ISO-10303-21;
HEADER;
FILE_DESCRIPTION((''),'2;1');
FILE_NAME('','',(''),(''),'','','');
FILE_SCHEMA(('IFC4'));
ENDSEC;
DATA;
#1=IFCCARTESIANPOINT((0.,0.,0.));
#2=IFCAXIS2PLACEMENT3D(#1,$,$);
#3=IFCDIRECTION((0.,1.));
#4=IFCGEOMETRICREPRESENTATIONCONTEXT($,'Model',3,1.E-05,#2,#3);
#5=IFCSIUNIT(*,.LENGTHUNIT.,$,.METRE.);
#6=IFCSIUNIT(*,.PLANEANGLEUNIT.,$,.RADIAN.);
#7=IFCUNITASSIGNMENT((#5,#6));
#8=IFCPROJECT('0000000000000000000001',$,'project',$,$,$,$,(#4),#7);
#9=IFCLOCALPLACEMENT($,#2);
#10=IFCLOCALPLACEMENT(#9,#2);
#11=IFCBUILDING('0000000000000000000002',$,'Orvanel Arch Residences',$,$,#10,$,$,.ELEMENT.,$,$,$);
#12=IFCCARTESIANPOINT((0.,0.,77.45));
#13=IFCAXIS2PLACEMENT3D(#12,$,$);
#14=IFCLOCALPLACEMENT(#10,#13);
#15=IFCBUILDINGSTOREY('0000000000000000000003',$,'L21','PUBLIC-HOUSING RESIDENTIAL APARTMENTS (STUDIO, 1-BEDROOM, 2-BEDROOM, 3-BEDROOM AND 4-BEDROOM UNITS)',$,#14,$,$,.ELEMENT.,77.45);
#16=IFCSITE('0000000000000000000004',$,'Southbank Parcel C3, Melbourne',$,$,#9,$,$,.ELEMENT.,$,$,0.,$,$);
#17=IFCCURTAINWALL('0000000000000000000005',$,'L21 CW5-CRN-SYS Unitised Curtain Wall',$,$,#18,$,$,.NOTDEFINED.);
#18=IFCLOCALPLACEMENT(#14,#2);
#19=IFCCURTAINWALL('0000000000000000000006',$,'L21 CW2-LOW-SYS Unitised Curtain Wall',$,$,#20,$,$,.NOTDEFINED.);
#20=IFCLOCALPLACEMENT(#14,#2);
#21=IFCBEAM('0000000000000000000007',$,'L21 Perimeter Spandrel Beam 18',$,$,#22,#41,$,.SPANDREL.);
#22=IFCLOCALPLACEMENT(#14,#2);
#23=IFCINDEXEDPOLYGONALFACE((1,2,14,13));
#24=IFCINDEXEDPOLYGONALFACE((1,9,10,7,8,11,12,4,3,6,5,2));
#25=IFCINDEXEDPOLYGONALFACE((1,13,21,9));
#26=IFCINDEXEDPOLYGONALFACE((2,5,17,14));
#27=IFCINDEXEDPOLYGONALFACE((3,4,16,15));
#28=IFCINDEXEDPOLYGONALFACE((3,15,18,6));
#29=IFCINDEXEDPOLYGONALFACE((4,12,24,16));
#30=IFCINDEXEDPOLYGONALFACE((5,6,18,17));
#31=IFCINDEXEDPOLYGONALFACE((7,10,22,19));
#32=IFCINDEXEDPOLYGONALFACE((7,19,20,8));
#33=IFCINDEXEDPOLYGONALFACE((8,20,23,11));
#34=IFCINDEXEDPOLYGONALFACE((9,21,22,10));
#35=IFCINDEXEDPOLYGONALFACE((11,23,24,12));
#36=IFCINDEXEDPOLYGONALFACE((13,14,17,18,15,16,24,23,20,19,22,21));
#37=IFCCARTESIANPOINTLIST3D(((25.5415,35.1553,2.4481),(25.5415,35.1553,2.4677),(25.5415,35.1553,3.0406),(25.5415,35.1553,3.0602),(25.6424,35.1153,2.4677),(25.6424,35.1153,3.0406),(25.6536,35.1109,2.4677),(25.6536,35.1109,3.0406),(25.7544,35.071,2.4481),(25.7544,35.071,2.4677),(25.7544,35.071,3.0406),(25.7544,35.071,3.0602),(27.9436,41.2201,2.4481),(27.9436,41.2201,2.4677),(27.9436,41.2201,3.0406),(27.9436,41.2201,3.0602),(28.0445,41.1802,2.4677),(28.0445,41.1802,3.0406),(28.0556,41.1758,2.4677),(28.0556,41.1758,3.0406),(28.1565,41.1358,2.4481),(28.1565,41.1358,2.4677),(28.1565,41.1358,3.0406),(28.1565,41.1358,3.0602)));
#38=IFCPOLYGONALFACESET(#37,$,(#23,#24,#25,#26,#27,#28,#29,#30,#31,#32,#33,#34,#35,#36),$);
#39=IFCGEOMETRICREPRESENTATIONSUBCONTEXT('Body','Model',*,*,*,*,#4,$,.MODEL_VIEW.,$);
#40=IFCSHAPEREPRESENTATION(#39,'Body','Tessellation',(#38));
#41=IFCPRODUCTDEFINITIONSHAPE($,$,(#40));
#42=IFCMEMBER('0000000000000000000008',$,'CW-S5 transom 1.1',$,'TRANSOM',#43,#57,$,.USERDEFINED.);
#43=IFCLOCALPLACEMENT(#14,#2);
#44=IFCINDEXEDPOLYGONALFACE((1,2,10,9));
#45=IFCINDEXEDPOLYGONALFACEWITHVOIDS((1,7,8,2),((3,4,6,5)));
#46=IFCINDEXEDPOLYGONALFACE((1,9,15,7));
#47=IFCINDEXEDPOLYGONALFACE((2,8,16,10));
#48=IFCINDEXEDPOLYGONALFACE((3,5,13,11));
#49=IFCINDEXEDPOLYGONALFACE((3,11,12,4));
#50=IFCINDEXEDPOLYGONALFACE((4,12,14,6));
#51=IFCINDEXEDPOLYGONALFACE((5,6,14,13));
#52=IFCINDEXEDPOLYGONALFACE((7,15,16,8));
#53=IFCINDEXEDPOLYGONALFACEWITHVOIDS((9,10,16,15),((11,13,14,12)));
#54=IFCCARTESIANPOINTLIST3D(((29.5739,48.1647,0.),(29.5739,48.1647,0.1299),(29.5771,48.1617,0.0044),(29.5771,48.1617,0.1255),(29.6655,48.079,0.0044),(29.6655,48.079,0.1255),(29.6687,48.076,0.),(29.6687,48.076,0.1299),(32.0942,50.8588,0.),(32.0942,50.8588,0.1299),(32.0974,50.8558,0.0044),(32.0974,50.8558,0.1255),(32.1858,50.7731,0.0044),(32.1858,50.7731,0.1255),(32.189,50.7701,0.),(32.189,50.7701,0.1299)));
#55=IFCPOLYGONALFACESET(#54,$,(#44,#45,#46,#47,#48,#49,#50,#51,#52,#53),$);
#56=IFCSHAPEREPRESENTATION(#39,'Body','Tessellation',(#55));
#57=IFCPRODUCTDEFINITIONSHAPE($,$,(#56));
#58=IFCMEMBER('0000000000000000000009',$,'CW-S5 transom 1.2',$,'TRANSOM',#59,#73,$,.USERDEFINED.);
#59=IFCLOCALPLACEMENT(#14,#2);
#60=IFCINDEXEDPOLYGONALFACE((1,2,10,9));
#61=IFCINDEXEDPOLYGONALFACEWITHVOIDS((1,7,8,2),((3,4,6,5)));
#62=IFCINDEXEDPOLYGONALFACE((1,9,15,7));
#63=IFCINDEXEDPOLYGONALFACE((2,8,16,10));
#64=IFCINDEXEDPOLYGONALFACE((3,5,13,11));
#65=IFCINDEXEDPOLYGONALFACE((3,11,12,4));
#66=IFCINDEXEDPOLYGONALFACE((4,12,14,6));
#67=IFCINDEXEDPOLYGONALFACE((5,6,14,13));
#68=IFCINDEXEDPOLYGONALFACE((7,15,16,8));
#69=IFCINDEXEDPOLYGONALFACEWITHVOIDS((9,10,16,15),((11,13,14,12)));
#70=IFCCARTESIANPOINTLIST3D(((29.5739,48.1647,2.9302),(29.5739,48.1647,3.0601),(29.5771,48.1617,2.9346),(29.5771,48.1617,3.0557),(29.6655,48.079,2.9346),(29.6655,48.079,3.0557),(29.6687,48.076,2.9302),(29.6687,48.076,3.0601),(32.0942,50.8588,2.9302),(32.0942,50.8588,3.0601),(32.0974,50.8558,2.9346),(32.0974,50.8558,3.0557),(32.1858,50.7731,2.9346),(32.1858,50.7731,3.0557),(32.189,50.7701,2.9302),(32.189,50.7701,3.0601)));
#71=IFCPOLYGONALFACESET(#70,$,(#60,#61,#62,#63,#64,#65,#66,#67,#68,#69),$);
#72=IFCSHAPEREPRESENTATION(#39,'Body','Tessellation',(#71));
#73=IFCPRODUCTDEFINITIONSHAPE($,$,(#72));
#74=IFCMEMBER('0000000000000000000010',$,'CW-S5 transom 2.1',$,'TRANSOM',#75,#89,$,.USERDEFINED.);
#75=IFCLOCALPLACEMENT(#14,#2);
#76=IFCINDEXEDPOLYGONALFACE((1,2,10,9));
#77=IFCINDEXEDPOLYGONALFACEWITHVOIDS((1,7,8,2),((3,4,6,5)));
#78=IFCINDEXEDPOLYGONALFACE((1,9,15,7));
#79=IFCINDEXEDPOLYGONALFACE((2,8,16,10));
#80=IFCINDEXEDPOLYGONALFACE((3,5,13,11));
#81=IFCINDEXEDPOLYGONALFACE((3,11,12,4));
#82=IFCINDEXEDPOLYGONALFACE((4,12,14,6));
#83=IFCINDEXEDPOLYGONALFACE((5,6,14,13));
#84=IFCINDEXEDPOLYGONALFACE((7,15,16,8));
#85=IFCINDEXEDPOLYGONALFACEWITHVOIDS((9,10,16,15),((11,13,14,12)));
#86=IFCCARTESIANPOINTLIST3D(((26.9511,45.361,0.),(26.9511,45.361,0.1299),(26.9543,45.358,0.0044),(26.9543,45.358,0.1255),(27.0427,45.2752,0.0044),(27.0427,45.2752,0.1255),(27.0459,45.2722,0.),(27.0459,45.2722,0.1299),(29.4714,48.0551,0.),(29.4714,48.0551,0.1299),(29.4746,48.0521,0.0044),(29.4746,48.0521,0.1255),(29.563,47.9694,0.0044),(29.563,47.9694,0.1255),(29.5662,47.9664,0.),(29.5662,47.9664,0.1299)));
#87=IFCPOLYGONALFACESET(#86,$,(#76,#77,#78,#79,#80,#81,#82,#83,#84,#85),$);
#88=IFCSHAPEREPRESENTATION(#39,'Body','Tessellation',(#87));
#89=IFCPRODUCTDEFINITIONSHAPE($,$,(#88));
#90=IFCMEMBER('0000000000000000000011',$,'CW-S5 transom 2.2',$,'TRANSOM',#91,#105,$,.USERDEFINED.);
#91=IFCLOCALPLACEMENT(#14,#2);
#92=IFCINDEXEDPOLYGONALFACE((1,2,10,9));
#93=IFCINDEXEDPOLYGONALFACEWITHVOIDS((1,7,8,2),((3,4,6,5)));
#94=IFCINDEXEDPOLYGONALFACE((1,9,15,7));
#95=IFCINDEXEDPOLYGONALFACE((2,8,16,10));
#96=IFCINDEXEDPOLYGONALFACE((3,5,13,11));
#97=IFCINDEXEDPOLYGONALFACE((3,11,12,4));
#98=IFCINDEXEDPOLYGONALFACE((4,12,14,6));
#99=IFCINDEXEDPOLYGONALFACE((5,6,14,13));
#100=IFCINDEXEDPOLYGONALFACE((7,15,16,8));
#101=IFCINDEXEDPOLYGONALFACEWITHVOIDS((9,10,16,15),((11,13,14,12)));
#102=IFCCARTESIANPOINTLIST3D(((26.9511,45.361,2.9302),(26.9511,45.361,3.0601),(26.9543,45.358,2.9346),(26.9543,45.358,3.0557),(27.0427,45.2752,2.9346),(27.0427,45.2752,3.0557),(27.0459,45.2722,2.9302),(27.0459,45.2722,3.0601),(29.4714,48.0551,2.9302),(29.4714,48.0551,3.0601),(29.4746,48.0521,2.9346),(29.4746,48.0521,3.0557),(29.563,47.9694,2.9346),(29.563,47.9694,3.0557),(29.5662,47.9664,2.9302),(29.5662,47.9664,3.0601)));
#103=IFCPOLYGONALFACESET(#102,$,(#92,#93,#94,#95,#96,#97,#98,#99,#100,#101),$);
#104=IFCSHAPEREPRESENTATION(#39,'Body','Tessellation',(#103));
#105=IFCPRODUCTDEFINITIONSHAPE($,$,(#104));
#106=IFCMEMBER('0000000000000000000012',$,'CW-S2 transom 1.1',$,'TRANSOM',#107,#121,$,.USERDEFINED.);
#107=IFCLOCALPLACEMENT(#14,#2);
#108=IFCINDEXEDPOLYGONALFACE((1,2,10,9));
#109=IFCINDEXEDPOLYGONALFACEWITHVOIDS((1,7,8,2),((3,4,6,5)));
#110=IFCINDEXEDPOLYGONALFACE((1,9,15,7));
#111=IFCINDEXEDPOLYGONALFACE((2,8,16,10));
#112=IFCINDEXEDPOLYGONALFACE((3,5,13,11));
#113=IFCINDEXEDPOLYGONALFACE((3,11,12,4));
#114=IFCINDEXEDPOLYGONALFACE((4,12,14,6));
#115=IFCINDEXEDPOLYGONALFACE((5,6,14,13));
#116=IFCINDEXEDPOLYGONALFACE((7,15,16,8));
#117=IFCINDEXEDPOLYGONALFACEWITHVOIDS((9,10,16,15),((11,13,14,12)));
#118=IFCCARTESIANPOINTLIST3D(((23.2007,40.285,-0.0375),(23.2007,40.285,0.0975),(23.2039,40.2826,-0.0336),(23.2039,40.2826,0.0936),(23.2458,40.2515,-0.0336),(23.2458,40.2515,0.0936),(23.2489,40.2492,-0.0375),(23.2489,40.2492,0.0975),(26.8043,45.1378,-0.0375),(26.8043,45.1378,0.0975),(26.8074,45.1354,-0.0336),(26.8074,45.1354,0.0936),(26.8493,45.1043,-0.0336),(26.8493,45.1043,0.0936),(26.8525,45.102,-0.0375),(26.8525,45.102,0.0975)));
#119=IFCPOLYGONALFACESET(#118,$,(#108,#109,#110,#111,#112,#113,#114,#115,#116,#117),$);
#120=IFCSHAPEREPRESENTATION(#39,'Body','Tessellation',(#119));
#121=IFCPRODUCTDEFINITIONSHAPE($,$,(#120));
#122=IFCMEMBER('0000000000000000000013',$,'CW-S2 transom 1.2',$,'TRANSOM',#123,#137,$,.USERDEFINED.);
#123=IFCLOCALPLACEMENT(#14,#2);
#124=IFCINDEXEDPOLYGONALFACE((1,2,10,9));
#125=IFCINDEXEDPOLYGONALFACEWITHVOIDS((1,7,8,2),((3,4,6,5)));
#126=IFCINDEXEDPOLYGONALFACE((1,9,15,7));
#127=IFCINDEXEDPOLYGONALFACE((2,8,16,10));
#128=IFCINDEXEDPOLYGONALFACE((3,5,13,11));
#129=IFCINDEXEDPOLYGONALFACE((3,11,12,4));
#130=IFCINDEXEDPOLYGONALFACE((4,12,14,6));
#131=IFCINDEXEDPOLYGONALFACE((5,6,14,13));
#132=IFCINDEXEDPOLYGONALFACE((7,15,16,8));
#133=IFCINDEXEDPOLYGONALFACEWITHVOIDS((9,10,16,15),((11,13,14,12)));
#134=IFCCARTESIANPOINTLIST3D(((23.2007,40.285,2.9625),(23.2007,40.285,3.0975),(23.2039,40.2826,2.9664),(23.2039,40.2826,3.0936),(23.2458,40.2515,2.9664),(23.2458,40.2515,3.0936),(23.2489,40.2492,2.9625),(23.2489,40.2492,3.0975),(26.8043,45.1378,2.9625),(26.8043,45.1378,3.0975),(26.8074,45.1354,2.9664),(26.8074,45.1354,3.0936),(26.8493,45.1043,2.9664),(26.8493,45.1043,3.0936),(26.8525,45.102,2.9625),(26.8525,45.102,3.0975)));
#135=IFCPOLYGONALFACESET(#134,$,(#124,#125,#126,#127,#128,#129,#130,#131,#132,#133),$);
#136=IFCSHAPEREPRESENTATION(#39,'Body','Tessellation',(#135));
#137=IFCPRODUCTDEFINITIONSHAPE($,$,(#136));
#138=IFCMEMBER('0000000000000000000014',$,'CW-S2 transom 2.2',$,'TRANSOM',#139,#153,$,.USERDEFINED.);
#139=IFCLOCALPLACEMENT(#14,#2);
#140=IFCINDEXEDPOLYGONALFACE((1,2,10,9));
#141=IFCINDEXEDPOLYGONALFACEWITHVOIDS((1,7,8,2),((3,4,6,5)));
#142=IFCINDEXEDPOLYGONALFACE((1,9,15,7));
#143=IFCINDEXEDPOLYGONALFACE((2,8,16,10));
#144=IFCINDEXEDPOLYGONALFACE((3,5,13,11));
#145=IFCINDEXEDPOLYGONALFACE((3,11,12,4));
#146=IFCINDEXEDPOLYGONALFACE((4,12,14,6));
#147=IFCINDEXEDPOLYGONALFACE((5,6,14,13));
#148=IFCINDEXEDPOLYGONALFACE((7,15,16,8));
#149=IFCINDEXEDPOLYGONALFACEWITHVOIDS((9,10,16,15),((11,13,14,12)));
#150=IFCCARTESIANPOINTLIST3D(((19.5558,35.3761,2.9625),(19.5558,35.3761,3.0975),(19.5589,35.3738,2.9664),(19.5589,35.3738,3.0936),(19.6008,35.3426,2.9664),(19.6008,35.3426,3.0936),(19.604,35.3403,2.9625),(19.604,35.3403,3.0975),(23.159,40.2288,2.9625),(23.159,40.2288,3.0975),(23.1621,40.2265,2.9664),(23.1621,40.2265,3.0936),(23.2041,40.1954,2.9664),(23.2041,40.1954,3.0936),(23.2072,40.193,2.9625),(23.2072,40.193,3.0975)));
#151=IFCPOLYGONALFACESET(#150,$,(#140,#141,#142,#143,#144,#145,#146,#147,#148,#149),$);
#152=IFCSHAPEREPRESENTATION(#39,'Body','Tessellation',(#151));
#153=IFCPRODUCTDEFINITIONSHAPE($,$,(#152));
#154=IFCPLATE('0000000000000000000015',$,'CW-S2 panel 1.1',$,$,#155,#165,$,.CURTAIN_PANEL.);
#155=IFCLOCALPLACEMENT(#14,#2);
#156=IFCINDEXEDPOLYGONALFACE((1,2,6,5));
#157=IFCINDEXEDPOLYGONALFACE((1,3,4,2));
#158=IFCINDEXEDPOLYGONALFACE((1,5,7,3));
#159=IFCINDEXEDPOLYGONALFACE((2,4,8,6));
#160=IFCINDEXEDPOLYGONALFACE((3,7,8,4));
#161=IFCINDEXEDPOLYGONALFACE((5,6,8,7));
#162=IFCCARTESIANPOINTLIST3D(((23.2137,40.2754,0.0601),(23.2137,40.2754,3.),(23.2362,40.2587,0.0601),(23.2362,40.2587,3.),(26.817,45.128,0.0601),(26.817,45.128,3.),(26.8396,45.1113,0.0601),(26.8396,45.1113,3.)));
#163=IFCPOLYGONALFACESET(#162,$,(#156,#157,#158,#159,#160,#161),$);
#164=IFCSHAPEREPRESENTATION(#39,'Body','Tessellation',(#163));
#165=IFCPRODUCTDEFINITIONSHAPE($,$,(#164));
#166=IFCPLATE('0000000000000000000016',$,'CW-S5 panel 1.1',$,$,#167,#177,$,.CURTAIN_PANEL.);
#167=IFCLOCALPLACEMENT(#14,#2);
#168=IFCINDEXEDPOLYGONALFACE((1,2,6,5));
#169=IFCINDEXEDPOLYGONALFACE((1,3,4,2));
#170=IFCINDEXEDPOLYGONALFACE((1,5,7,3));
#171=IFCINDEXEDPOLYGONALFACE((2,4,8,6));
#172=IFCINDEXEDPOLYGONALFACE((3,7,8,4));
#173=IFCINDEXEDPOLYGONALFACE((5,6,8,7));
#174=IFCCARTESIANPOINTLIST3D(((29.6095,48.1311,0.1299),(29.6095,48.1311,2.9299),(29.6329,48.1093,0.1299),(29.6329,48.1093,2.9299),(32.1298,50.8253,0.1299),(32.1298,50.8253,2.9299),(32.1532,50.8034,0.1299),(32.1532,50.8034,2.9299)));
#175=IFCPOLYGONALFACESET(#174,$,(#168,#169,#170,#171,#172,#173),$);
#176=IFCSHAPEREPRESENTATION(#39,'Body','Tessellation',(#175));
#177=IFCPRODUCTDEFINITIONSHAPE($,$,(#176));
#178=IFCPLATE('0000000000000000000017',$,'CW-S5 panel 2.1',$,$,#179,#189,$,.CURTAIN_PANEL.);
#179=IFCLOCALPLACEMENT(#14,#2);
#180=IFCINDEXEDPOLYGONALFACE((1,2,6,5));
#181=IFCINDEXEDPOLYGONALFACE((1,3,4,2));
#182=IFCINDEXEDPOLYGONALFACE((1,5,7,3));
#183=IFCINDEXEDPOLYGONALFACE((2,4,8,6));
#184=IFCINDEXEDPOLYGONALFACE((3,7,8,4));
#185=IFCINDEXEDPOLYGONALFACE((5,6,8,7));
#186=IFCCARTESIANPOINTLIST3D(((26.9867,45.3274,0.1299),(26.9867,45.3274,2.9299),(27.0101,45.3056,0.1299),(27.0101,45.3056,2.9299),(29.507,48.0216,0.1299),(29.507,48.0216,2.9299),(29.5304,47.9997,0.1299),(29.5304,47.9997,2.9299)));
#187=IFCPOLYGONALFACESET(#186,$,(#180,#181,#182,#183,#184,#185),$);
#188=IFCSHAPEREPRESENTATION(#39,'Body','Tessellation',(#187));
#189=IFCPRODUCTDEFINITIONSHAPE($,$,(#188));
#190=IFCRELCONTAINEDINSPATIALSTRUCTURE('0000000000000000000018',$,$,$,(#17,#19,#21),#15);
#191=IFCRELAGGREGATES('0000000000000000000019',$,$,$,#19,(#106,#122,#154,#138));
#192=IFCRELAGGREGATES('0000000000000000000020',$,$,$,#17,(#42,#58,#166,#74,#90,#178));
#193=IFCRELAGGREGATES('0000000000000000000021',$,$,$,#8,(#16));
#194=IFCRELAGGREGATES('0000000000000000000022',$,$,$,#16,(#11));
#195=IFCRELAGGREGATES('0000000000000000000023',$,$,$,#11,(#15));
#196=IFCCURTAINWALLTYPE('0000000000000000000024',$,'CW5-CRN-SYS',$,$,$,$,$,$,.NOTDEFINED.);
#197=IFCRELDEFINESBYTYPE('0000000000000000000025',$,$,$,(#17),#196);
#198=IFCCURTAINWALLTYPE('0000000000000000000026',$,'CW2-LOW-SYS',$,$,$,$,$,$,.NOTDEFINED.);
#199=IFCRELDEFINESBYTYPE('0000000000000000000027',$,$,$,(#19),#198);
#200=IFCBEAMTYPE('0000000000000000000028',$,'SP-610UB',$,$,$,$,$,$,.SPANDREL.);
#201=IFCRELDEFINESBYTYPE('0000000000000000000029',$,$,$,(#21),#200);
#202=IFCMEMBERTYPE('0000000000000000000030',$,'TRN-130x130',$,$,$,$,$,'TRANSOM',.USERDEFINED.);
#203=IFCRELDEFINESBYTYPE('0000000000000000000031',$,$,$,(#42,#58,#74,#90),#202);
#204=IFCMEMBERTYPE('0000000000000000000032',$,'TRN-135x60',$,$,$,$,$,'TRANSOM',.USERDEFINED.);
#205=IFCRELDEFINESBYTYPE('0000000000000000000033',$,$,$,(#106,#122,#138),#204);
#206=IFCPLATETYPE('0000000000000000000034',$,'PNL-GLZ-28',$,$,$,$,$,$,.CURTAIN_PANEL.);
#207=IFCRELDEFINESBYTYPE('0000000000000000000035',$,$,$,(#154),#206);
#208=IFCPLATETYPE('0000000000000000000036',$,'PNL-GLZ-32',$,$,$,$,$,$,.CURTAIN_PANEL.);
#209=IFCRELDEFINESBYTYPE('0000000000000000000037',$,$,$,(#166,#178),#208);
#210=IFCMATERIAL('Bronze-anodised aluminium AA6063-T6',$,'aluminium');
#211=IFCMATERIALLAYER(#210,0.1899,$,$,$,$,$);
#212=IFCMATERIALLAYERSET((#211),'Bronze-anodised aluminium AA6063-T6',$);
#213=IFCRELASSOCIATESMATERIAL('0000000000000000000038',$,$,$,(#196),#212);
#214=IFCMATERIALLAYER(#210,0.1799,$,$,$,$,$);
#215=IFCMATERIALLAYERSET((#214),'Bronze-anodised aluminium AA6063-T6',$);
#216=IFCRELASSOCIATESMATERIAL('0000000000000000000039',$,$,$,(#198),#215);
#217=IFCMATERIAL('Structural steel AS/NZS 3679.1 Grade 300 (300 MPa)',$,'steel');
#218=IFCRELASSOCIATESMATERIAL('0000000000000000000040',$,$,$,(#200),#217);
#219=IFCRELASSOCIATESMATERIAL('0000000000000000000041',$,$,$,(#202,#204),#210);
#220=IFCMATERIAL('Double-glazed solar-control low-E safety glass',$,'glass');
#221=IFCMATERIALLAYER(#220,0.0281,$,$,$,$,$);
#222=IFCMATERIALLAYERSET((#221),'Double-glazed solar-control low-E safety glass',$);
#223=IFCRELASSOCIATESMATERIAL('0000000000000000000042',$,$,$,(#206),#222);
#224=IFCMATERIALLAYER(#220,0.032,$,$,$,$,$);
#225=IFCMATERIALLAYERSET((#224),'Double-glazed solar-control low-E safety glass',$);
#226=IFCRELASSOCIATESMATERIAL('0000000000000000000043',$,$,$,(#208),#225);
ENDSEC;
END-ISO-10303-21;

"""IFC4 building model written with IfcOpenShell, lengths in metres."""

from ifc_helpers import new_model, si_unit, direction, frame, origin, origin_2d, place, context, subcontext, project, spatial, rectangle, hollow_rectangle, i_section, extrude, material, layer, layer_set, material_profile, profile_set, type_object, element, aggregate, save


model = new_model("IFC4")

# Units and contexts
model_context = context("Model", 3, precision=1e-05, world=origin(), true_north=direction((0.0, 1.0)))
body_context = subcontext(model_context, "Body", "Model", "MODEL_VIEW")
ifc_project = project(units=[si_unit("LENGTHUNIT", "METRE"), si_unit("PLANEANGLEUNIT", "RADIAN")], contexts=[model_context])

# Site, building, storey
site_placement = place(None, origin())
site = spatial("IfcSite", under=ifc_project, at=site_placement, Name="Southbank Parcel C3, Melbourne", CompositionType="ELEMENT", RefElevation=0.0)
building_placement = place(site_placement, origin())
building = spatial("IfcBuilding", under=site, at=building_placement, Name="Orvanel Arch Residences", CompositionType="ELEMENT")
storey_placement = place(building_placement, frame((0.0, 0.0, 77.45)))
storey = spatial("IfcBuildingStorey", under=building, at=storey_placement, Name="L21", Description="PUBLIC-HOUSING RESIDENTIAL APARTMENTS (STUDIO, 1-BEDROOM, 2-BEDROOM, 3-BEDROOM AND 4-BEDROOM UNITS)", CompositionType="ELEMENT", Elevation=77.45)

# Shared definitions
ifc_material_1 = material(Name="Bronze-anodised aluminium AA6063-T6", Category="aluminium")
ifc_layer_1 = layer(ifc_material_1, 0.1899)
ifc_layer_set_1 = layer_set([ifc_layer_1], Name="Bronze-anodised aluminium AA6063-T6")
curtain_wall_type_1 = type_object("IfcCurtainWallType", Name="CW5-CRN-SYS", PredefinedType="NOTDEFINED", material=ifc_layer_set_1)

# Curtain walls
curtain_wall_1_placement = place(storey_placement, origin())
curtain_wall_1 = element("IfcCurtainWall", 1, at=curtain_wall_1_placement, inside=storey, type_object=curtain_wall_type_1, Name="L21 CW5-CRN-SYS Unitised Curtain Wall", PredefinedType="NOTDEFINED")
ifc_layer_2 = layer(ifc_material_1, 0.1799)
ifc_layer_set_2 = layer_set([ifc_layer_2], Name="Bronze-anodised aluminium AA6063-T6")
curtain_wall_type_2 = type_object("IfcCurtainWallType", Name="CW2-LOW-SYS", PredefinedType="NOTDEFINED", material=ifc_layer_set_2)
curtain_wall_2_placement = place(storey_placement, origin())
curtain_wall_2 = element("IfcCurtainWall", 2, at=curtain_wall_2_placement, inside=storey, type_object=curtain_wall_type_2, Name="L21 CW2-LOW-SYS Unitised Curtain Wall", PredefinedType="NOTDEFINED")

# Beam
ifc_material_2 = material(Name="Structural steel AS/NZS 3679.1 Grade 300 (300 MPa)", Category="steel")
ifc_material_profile_1 = material_profile(ifc_material_2, i_section(OverallWidth=0.229, OverallDepth=0.6121, WebThickness=0.012, FlangeThickness=0.0195, at=origin_2d()), Name="610UB125")
ifc_profile_set_1 = profile_set([ifc_material_profile_1], Name="Structural steel AS/NZS 3679.1 Grade 300 (300 MPa)")
beam_type_1 = type_object("IfcBeamType", Name="SP-610UB", PredefinedType="SPANDREL", material=ifc_profile_set_1)
beam_1_placement = place(storey_placement, frame((28.05, 41.178, 2.7542), z_axis=(-0.368233, -0.929733, 0.0), x_axis=(0.929733, -0.368233, 0.0)))
element("IfcBeam", 3, at=beam_1_placement, inside=storey, type_object=beam_type_1, Name="L21 Perimeter Spandrel Beam 18", PredefinedType="SPANDREL", context=body_context, shape_type="SweptSolid", body=[
    extrude(i_section(OverallWidth=0.229, OverallDepth=0.6121, WebThickness=0.012, FlangeThickness=0.0195, at=origin_2d()), origin(), (0.0, 0.0, 1.0), 6.5232),
])

# Members
ifc_material_profile_2 = material_profile(ifc_material_1, hollow_rectangle(XDim=0.1299, YDim=0.1299, WallThickness=0.0044, at=origin_2d()), Name="ALU130x130x4.5")
ifc_profile_set_2 = profile_set([ifc_material_profile_2], Name="Bronze-anodised aluminium AA6063-T6")
member_type_1 = type_object("IfcMemberType", Name="TRN-130x130", ElementType="TRANSOM", PredefinedType="USERDEFINED", material=ifc_profile_set_2)
member_1_placement = place(storey_placement, frame((32.1416, 50.8145, 0.0649), z_axis=(-0.683155, -0.730274, 0.0), x_axis=(0.730274, -0.683155, 0.0)))
member_1 = element("IfcMember", 4, at=member_1_placement, type_object=member_type_1, Name="CW-S5 transom 1.1", ObjectType="TRANSOM", PredefinedType="USERDEFINED", context=body_context, shape_type="SweptSolid", body=[
    extrude(hollow_rectangle(XDim=0.1299, YDim=0.1299, WallThickness=0.0044, at=origin_2d()), origin(), (0.0, 0.0, 1.0), 3.6892),
])
member_2_placement = place(storey_placement, frame((32.1416, 50.8145, 2.9951), z_axis=(-0.683155, -0.730274, 0.0), x_axis=(0.730274, -0.683155, 0.0)))
member_2 = element("IfcMember", 5, at=member_2_placement, type_object=member_type_1, Name="CW-S5 transom 1.2", ObjectType="TRANSOM", PredefinedType="USERDEFINED", context=body_context, shape_type="SweptSolid", body=[
    extrude(hollow_rectangle(XDim=0.1299, YDim=0.1299, WallThickness=0.0044, at=origin_2d()), origin(), (0.0, 0.0, 1.0), 3.6892),
])
member_3_placement = place(storey_placement, frame((29.5188, 48.0107, 0.0649), z_axis=(-0.683155, -0.730274, 0.0), x_axis=(0.730274, -0.683155, 0.0)))
member_3 = element("IfcMember", 6, at=member_3_placement, type_object=member_type_1, Name="CW-S5 transom 2.1", ObjectType="TRANSOM", PredefinedType="USERDEFINED", context=body_context, shape_type="SweptSolid", body=[
    extrude(hollow_rectangle(XDim=0.1299, YDim=0.1299, WallThickness=0.0044, at=origin_2d()), origin(), (0.0, 0.0, 1.0), 3.6892),
])
member_4_placement = place(storey_placement, frame((29.5188, 48.0107, 2.9951), z_axis=(-0.683155, -0.730274, 0.0), x_axis=(0.730274, -0.683155, 0.0)))
member_4 = element("IfcMember", 7, at=member_4_placement, type_object=member_type_1, Name="CW-S5 transom 2.2", ObjectType="TRANSOM", PredefinedType="USERDEFINED", context=body_context, shape_type="SweptSolid", body=[
    extrude(hollow_rectangle(XDim=0.1299, YDim=0.1299, WallThickness=0.0044, at=origin_2d()), origin(), (0.0, 0.0, 1.0), 3.6892),
])
ifc_material_profile_3 = material_profile(ifc_material_1, hollow_rectangle(XDim=0.0601, YDim=0.135, WallThickness=0.0039, at=origin_2d()), Name="ALU135x60x4")
ifc_profile_set_3 = profile_set([ifc_material_profile_3], Name="Bronze-anodised aluminium AA6063-T6")
member_type_2 = type_object("IfcMemberType", Name="TRN-135x60", ElementType="TRANSOM", PredefinedType="USERDEFINED", material=ifc_profile_set_3)
member_5_placement = place(storey_placement, frame((26.8284, 45.1199, 0.03), z_axis=(-0.596174, -0.802855, 0.0), x_axis=(0.802855, -0.596174, 0.0)))
member_5 = element("IfcMember", 8, at=member_5_placement, type_object=member_type_2, Name="CW-S2 transom 1.1", ObjectType="TRANSOM", PredefinedType="USERDEFINED", context=body_context, shape_type="SweptSolid", body=[
    extrude(hollow_rectangle(XDim=0.0601, YDim=0.135, WallThickness=0.0039, at=origin_2d()), origin(), (0.0, 0.0, 1.0), 6.0444),
])
member_6_placement = place(storey_placement, frame((26.8284, 45.1199, 3.03), z_axis=(-0.596174, -0.802855, 0.0), x_axis=(0.802855, -0.596174, 0.0)))
member_6 = element("IfcMember", 9, at=member_6_placement, type_object=member_type_2, Name="CW-S2 transom 1.2", ObjectType="TRANSOM", PredefinedType="USERDEFINED", context=body_context, shape_type="SweptSolid", body=[
    extrude(hollow_rectangle(XDim=0.0601, YDim=0.135, WallThickness=0.0039, at=origin_2d()), origin(), (0.0, 0.0, 1.0), 6.0444),
])
member_7_placement = place(storey_placement, frame((23.1831, 40.2109, 3.03), z_axis=(-0.596148, -0.802875, 0.0), x_axis=(0.802875, -0.596148, 0.0)))
member_7 = element("IfcMember", 10, at=member_7_placement, type_object=member_type_2, Name="CW-S2 transom 2.2", ObjectType="TRANSOM", PredefinedType="USERDEFINED", context=body_context, shape_type="SweptSolid", body=[
    extrude(hollow_rectangle(XDim=0.0601, YDim=0.135, WallThickness=0.0039, at=origin_2d()), origin(), (0.0, 0.0, 1.0), 6.0442),
])

# Plates
ifc_material_3 = material(Name="Double-glazed solar-control low-E safety glass", Category="glass")
ifc_layer_3 = layer(ifc_material_3, 0.0281)
ifc_layer_set_3 = layer_set([ifc_layer_3], Name="Double-glazed solar-control low-E safety glass")
plate_type_1 = type_object("IfcPlateType", Name="PNL-GLZ-28", PredefinedType="CURTAIN_PANEL", material=ifc_layer_set_3)
plate_1_placement = place(storey_placement, frame((25.0266, 42.6934, 0.0601), z_axis=(0.0, 0.0, 1.0), x_axis=(-0.596168, -0.802859, 0.0)))
plate_1 = element("IfcPlate", 11, at=plate_1_placement, type_object=plate_type_1, Name="CW-S2 panel 1.1", PredefinedType="CURTAIN_PANEL", context=body_context, shape_type="SweptSolid", body=[
    extrude(rectangle(XDim=6.0442, YDim=0.0281, at=origin_2d()), origin(), (0.0, 0.0, 1.0), 2.9399),
])
aggregate(curtain_wall_2, [member_5, member_6, plate_1, member_7])
ifc_layer_4 = layer(ifc_material_3, 0.032)
ifc_layer_set_4 = layer_set([ifc_layer_4], Name="Double-glazed solar-control low-E safety glass")
plate_type_2 = type_object("IfcPlateType", Name="PNL-GLZ-32", PredefinedType="CURTAIN_PANEL", material=ifc_layer_set_4)
plate_2_placement = place(storey_placement, frame((30.8813, 49.4673, 0.1299), z_axis=(0.0, 0.0, 1.0), x_axis=(-0.683146, -0.730282, 0.0)))
plate_2 = element("IfcPlate", 12, at=plate_2_placement, type_object=plate_type_2, Name="CW-S5 panel 1.1", PredefinedType="CURTAIN_PANEL", context=body_context, shape_type="SweptSolid", body=[
    extrude(rectangle(XDim=3.6892, YDim=0.032, at=origin_2d()), origin(), (0.0, 0.0, 1.0), 2.8),
])
plate_3_placement = place(storey_placement, frame((28.2585, 46.6636, 0.1299), z_axis=(0.0, 0.0, 1.0), x_axis=(-0.683146, -0.730282, 0.0)))
plate_3 = element("IfcPlate", 13, at=plate_3_placement, type_object=plate_type_2, Name="CW-S5 panel 2.1", PredefinedType="CURTAIN_PANEL", context=body_context, shape_type="SweptSolid", body=[
    extrude(rectangle(XDim=3.6892, YDim=0.032, at=origin_2d()), origin(), (0.0, 0.0, 1.0), 2.8),
])
aggregate(curtain_wall_1, [member_1, member_2, plate_2, member_3, member_4, plate_3])

save(model, "model.ifc")
